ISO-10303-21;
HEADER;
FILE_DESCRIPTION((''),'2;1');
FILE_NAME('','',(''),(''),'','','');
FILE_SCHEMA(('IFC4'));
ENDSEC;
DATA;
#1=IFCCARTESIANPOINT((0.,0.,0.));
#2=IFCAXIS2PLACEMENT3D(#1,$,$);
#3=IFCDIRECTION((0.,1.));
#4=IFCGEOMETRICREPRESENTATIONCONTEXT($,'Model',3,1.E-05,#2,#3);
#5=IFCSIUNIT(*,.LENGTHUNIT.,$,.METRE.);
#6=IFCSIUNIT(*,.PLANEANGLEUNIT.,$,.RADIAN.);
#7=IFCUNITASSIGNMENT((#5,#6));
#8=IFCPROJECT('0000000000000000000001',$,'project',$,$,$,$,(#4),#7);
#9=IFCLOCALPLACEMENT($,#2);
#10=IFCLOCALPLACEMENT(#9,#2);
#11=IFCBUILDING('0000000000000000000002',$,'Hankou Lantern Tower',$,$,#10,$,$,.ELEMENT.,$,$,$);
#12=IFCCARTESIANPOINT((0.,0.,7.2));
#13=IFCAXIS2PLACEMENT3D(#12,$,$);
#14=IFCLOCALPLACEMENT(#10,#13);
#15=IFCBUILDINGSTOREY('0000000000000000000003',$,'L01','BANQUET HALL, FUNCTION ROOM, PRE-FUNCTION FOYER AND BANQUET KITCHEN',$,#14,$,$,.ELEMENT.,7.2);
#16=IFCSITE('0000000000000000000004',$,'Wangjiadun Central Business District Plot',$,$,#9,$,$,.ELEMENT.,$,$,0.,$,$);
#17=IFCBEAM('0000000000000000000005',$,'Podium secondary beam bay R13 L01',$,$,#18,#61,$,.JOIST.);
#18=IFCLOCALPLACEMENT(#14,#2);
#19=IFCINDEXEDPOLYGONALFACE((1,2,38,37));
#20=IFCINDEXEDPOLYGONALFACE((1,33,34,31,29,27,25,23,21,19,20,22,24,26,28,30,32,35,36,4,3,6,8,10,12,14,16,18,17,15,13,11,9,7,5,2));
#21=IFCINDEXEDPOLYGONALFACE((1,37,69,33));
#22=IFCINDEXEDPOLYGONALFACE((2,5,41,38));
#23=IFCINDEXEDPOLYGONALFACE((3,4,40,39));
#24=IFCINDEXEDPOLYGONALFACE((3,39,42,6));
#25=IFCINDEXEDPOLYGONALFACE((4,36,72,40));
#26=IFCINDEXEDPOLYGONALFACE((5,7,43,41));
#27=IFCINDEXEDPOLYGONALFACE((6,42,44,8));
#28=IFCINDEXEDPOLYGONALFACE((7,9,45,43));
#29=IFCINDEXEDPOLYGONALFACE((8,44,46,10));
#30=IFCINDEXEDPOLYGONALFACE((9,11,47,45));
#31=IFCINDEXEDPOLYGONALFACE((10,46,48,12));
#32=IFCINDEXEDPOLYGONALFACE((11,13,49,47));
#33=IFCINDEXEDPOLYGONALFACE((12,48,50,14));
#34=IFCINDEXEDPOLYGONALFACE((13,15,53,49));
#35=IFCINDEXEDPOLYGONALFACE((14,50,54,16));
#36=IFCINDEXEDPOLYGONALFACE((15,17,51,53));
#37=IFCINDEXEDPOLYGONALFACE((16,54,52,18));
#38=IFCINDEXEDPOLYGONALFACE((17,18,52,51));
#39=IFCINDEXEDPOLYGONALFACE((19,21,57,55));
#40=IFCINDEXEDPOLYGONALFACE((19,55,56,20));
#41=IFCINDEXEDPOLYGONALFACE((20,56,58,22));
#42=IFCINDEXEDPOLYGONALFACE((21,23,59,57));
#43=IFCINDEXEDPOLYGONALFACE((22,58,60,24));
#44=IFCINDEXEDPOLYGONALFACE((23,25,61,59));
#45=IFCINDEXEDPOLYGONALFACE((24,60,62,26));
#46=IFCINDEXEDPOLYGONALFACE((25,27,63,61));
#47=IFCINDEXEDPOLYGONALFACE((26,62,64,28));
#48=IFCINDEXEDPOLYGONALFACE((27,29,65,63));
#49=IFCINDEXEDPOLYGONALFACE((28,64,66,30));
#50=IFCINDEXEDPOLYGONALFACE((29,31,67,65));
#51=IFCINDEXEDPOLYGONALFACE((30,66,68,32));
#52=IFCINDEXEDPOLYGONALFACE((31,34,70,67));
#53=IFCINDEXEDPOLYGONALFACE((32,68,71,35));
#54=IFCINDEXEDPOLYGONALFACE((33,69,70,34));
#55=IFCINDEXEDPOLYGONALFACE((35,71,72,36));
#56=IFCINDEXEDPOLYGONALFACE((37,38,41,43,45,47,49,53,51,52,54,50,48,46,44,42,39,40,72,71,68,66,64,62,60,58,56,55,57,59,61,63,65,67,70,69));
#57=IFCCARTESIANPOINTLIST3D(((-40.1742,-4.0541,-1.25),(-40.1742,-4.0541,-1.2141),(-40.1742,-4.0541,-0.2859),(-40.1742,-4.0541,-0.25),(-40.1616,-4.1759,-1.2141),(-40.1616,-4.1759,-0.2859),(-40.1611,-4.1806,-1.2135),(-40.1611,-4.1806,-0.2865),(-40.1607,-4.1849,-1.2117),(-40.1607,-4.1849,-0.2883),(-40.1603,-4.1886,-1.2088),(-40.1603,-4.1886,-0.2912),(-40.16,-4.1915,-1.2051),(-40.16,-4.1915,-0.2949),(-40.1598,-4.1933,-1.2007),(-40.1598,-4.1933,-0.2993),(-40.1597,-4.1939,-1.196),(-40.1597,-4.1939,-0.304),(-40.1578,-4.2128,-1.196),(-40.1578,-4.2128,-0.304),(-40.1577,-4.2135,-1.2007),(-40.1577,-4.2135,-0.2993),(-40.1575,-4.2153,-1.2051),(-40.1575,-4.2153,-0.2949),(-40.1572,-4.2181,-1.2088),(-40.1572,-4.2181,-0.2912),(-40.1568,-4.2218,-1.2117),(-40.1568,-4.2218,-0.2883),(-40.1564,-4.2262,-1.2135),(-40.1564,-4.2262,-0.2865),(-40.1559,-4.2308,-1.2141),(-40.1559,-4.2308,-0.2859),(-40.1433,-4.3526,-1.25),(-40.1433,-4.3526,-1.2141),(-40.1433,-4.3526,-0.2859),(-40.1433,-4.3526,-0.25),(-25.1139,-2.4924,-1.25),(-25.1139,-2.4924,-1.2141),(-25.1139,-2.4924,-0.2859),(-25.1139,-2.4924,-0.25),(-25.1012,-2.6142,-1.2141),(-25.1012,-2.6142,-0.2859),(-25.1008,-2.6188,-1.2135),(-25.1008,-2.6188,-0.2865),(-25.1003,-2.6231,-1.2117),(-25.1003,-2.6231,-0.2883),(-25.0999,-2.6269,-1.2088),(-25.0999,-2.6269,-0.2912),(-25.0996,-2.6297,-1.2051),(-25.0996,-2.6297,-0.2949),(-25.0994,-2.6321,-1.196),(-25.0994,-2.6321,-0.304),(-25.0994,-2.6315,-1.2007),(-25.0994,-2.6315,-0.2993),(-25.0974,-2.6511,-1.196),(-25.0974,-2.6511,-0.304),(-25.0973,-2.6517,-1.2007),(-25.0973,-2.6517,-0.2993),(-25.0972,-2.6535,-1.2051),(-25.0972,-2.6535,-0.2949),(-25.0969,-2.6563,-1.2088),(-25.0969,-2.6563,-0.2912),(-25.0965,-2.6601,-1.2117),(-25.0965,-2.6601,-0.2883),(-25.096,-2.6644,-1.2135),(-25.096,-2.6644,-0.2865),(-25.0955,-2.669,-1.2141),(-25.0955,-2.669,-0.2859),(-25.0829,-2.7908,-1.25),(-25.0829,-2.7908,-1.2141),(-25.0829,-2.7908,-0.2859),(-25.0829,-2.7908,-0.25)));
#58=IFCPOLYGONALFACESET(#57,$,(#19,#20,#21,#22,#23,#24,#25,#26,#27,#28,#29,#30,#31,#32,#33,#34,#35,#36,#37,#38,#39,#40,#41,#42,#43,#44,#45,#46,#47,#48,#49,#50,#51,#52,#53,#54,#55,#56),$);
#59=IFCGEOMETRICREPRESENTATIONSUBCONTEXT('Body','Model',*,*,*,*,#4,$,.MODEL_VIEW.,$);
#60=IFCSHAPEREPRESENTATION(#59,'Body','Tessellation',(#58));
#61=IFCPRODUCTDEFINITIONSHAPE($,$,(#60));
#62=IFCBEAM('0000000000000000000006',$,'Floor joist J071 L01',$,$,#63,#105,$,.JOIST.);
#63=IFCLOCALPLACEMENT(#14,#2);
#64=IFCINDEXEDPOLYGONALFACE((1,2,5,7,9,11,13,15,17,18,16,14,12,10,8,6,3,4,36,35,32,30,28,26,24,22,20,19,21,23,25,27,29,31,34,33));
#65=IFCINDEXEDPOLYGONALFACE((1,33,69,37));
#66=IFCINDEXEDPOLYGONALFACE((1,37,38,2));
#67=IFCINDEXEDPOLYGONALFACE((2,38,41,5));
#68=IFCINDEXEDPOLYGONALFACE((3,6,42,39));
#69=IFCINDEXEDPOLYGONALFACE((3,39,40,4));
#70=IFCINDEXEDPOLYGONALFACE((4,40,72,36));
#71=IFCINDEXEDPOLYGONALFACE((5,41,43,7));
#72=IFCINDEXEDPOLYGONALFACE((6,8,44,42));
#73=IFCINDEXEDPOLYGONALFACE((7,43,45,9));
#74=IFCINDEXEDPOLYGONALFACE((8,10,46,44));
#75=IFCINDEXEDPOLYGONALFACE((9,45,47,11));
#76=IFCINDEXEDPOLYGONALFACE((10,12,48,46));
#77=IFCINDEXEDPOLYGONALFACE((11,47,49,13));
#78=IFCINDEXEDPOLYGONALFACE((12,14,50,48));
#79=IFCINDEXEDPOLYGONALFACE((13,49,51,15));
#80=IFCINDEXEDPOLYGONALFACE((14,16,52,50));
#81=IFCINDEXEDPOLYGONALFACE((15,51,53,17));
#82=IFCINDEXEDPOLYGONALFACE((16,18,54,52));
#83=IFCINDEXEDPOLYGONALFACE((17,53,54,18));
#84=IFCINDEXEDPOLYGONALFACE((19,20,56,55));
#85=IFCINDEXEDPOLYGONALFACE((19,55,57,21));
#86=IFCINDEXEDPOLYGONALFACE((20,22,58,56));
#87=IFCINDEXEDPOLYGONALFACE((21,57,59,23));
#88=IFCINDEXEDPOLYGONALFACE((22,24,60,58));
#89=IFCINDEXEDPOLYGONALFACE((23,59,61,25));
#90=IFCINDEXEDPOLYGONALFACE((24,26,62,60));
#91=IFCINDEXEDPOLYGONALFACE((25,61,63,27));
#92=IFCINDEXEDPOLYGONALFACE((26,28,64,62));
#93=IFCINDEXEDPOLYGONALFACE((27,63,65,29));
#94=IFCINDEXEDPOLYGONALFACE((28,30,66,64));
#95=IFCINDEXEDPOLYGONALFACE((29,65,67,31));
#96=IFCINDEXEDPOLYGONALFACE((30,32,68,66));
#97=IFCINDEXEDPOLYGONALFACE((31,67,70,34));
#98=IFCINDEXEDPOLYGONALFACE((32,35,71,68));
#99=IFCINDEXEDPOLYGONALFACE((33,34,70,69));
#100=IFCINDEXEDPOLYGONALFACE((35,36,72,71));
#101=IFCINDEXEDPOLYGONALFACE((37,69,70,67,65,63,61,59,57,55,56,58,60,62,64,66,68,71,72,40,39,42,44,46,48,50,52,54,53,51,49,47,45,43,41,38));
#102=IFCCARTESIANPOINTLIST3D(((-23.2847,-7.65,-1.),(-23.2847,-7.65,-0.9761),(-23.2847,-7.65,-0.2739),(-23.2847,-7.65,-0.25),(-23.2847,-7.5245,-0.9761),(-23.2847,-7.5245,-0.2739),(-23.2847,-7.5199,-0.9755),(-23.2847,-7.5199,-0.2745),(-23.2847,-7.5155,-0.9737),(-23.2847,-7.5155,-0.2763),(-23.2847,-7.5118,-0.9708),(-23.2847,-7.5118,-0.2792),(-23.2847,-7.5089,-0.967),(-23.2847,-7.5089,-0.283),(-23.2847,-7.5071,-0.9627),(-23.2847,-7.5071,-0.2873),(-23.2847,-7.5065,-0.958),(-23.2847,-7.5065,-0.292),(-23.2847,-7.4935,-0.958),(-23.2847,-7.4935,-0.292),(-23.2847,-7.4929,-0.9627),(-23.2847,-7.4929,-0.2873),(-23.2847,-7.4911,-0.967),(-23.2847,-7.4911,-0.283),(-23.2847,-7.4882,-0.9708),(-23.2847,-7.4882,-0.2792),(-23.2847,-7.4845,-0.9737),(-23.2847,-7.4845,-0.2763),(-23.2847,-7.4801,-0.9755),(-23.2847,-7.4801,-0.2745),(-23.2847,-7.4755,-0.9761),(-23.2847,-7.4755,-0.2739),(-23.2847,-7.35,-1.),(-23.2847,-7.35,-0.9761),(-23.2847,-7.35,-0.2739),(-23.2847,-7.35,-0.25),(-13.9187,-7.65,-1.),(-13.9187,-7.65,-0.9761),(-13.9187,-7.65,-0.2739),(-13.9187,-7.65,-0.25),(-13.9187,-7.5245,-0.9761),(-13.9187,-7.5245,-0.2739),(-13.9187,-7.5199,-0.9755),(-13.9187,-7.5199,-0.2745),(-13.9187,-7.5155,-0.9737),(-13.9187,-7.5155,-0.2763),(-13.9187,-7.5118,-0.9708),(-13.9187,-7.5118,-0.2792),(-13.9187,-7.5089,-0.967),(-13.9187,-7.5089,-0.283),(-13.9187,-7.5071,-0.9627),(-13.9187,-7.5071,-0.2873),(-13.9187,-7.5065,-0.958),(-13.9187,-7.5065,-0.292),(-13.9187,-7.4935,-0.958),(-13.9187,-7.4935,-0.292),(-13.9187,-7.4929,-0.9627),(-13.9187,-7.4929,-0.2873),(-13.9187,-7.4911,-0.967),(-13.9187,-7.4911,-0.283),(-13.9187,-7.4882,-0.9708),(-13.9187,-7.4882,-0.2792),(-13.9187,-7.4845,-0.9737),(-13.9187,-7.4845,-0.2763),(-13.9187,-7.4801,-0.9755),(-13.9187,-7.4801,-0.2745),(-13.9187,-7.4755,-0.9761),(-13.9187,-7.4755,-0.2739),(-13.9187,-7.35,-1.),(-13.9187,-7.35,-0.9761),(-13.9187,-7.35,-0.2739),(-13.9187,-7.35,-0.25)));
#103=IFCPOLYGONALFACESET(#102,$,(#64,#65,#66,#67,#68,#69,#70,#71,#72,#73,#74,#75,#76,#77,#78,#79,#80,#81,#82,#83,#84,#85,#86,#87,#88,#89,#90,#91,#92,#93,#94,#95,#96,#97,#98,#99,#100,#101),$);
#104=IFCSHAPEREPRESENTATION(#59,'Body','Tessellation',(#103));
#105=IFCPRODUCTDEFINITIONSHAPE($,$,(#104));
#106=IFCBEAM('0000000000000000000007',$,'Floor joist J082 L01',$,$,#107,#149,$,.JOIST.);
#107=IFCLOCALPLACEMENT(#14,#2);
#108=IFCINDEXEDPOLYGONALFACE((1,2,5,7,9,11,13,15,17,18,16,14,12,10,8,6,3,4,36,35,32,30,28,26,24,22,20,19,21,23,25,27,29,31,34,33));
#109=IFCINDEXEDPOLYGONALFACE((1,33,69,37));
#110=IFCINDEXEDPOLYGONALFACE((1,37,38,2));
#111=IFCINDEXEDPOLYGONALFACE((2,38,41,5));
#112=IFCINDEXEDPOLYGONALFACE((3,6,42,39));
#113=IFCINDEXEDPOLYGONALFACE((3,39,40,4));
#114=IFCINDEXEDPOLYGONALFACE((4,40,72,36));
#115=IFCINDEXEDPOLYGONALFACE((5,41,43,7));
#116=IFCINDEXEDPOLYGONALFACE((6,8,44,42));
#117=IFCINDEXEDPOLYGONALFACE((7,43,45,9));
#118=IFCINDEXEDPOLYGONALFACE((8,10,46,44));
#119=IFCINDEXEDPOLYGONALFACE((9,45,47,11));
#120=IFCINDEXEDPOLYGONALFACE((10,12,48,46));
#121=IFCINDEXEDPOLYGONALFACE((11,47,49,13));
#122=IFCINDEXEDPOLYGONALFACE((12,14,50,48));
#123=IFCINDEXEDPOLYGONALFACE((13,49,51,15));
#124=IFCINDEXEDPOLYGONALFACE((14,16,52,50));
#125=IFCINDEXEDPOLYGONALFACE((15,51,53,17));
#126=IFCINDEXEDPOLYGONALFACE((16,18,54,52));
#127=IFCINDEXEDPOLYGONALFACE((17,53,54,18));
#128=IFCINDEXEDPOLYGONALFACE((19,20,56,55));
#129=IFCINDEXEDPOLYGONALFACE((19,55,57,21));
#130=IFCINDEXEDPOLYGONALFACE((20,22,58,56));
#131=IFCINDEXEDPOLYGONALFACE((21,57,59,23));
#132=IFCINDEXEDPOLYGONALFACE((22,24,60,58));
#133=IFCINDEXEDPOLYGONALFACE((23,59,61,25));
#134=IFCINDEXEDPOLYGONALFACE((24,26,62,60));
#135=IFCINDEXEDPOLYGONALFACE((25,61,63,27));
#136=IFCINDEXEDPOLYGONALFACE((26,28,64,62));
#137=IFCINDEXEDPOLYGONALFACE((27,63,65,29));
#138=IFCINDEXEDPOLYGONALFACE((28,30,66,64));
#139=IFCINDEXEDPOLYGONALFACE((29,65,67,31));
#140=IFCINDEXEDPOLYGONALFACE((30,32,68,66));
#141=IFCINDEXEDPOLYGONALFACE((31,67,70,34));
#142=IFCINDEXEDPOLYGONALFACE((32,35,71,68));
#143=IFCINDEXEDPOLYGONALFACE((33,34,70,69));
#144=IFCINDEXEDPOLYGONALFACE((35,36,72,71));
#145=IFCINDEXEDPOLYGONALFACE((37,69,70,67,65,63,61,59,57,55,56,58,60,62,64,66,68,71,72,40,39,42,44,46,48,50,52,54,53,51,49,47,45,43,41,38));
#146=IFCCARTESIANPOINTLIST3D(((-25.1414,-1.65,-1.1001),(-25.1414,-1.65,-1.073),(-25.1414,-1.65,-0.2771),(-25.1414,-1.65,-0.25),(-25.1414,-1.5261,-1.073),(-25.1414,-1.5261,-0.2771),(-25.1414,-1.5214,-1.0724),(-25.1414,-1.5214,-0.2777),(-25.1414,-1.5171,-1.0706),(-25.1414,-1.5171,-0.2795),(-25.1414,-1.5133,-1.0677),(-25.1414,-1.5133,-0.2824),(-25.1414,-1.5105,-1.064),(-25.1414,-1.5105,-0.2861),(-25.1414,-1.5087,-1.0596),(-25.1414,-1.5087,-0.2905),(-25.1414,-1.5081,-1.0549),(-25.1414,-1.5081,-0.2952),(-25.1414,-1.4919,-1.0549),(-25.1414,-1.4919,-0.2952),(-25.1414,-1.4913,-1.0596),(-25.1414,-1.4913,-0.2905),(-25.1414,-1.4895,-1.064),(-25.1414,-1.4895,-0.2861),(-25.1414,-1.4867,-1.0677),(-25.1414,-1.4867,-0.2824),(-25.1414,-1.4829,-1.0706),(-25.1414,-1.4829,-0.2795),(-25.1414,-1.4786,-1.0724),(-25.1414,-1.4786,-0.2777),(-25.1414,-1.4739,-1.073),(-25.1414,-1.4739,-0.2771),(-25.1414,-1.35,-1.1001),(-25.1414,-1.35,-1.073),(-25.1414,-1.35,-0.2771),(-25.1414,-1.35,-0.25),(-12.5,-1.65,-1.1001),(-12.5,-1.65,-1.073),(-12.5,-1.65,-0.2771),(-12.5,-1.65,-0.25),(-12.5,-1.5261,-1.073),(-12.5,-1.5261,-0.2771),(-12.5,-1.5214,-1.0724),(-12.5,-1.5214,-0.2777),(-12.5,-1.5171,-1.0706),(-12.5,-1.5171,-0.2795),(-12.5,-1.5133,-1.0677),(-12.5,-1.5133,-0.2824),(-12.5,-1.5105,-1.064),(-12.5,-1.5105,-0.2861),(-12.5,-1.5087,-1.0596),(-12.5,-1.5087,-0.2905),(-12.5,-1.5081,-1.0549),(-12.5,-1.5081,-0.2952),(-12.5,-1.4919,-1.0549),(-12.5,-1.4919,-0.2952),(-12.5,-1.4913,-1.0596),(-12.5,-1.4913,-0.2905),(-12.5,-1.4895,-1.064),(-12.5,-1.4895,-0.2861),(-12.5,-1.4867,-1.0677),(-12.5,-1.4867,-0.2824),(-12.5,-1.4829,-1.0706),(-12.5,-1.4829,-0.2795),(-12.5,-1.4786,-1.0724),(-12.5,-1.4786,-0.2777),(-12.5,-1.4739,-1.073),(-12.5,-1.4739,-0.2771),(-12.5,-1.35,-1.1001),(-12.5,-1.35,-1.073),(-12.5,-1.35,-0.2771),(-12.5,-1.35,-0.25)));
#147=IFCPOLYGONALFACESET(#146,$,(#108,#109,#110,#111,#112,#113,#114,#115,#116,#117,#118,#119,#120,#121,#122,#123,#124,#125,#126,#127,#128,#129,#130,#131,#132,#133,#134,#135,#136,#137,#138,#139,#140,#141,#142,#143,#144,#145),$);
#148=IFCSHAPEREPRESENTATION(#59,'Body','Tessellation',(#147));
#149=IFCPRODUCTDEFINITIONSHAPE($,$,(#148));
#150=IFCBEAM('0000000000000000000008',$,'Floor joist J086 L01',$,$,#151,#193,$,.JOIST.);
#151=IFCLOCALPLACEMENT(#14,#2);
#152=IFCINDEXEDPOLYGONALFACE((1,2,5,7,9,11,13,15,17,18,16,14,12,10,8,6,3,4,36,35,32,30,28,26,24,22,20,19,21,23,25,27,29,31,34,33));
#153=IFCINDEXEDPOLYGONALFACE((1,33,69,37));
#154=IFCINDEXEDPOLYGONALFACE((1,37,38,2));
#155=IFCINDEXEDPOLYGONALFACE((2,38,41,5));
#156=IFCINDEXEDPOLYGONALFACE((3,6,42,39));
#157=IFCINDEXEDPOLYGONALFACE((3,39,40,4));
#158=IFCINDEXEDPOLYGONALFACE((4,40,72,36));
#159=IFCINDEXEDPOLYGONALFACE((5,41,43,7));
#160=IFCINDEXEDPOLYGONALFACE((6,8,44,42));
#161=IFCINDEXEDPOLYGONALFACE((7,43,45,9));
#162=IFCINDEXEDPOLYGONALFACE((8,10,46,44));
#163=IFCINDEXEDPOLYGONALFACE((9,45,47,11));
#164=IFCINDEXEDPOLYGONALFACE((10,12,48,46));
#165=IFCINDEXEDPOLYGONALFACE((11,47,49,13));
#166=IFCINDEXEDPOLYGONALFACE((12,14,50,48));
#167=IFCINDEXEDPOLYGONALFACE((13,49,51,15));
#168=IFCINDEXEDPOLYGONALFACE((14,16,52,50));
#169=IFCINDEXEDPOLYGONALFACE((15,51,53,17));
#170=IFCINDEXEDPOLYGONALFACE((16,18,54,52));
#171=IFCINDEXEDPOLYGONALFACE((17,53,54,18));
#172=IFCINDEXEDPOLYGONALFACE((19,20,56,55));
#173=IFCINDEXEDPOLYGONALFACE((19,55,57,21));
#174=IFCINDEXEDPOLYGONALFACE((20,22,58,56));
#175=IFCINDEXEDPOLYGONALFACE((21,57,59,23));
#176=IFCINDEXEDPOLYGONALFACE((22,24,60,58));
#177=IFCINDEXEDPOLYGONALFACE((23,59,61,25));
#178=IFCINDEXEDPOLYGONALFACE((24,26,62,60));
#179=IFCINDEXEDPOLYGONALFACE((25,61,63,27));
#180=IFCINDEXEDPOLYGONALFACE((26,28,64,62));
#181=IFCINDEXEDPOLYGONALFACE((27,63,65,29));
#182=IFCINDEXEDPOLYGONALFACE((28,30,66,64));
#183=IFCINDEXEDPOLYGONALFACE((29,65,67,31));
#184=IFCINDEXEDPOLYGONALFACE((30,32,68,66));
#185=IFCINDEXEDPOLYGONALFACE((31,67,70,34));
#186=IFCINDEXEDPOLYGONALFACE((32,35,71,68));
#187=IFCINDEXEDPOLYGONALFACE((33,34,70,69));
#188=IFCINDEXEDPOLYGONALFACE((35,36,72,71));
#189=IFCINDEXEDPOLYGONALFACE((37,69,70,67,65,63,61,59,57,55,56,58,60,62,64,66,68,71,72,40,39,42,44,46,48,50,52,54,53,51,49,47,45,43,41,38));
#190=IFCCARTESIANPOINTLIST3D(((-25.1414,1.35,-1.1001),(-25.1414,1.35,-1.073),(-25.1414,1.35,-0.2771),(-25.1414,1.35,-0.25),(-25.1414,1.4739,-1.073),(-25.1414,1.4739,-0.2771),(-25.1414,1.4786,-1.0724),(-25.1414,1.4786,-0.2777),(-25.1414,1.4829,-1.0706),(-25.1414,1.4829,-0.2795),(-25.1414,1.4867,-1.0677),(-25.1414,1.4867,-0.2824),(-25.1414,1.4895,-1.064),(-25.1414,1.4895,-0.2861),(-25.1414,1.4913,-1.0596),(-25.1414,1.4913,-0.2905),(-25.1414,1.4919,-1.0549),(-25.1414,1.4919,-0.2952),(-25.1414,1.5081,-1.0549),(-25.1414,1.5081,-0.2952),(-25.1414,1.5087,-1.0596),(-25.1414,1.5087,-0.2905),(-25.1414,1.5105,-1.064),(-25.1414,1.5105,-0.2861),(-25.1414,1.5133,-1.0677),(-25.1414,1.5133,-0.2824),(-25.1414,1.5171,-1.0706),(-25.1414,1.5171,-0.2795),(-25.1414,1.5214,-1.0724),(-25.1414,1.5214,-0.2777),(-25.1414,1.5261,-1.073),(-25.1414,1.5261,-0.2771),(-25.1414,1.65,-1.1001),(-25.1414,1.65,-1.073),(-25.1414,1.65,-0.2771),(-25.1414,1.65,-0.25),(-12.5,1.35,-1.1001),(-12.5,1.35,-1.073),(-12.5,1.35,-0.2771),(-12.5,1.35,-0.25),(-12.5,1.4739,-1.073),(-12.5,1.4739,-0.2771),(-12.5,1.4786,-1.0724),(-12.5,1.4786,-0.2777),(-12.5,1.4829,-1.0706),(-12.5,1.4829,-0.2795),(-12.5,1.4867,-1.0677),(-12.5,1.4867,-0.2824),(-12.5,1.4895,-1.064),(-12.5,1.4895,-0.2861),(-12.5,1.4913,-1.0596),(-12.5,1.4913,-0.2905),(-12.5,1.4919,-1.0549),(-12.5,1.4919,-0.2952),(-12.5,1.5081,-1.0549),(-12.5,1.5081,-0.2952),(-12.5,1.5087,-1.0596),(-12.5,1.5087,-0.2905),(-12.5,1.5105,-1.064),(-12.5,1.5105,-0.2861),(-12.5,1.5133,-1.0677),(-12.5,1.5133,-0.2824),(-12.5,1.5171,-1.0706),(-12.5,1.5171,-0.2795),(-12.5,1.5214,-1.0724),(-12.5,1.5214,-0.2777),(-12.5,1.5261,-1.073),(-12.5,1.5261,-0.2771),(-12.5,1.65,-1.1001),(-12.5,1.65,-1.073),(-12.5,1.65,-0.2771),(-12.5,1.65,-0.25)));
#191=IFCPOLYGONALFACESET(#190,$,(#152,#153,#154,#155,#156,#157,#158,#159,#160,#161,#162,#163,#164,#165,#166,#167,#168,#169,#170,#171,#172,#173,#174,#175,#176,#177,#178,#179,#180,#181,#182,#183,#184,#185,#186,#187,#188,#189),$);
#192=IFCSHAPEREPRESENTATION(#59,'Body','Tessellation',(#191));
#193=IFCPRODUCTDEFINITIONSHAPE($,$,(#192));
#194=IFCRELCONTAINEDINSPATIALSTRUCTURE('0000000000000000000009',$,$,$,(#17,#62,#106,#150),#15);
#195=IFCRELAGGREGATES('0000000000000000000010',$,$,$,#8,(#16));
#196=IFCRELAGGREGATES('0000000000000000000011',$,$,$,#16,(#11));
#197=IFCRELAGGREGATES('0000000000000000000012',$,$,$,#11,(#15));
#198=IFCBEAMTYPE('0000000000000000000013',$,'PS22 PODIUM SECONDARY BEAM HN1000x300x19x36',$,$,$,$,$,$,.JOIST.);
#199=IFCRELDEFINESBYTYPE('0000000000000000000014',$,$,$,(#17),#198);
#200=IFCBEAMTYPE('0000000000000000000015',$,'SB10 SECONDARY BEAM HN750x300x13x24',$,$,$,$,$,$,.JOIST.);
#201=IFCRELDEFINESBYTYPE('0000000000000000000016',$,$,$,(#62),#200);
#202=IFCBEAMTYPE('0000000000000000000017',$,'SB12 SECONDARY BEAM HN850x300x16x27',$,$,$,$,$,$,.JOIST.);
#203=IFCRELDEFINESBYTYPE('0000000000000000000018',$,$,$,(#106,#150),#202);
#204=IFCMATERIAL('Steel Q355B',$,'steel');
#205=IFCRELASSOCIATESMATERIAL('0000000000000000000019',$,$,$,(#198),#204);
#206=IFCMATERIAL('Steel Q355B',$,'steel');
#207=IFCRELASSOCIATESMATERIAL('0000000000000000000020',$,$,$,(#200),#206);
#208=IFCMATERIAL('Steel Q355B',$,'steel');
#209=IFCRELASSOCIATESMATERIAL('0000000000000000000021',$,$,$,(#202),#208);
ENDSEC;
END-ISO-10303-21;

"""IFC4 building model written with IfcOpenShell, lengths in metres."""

from ifc_helpers import new_model, si_unit, direction, frame, origin, origin_2d, place, context, subcontext, project, spatial, i_section, extrude, material, material_profile, profile_set, type_object, element, save


model = new_model("IFC4")

# Units and contexts
model_context = context("Model", 3, precision=1e-05, world=origin(), true_north=direction((0.0, 1.0)))
body_context = subcontext(model_context, "Body", "Model", "MODEL_VIEW")
ifc_project = project(units=[si_unit("LENGTHUNIT", "METRE"), si_unit("PLANEANGLEUNIT", "RADIAN")], contexts=[model_context])

# Site, building, storey
site_placement = place(None, origin())
site = spatial("IfcSite", under=ifc_project, at=site_placement, Name="Wangjiadun Central Business District Plot", CompositionType="ELEMENT", RefElevation=0.0)
building_placement = place(site_placement, origin())
building = spatial("IfcBuilding", under=site, at=building_placement, Name="Hankou Lantern Tower", CompositionType="ELEMENT")
storey_placement = place(building_placement, frame((0.0, 0.0, 7.2)))
storey = spatial("IfcBuildingStorey", under=building, at=storey_placement, Name="L01", Description="BANQUET HALL, FUNCTION ROOM, PRE-FUNCTION FOYER AND BANQUET KITCHEN", CompositionType="ELEMENT", Elevation=7.2)

# Beams
ifc_material_1 = material(Name="Steel Q355B", Category="steel")
ifc_material_profile_1 = material_profile(ifc_material_1, i_section(OverallWidth=0.3, OverallDepth=1.0, WebThickness=0.019, FlangeThickness=0.0359, FilletRadius=0.0181, at=origin_2d()), Name="HN1000x300x19x36")
ifc_profile_set_1 = profile_set([ifc_material_profile_1], Name="Steel Q355B")
beam_type_1 = type_object("IfcBeamType", Name="PS22 PODIUM SECONDARY BEAM HN1000x300x19x36", PredefinedType="JOIST", material=ifc_profile_set_1)
for number, where, z_axis, x_axis, name in (
    (1, (-25.0984, -2.6416, -0.75), (-0.994666, -0.103148, 0.0), (0.103148, -0.994666, 0.0), "Podium secondary beam bay R13 L01"),
):
    element("IfcBeam", number, at=place(storey_placement, frame(where, z_axis=z_axis, x_axis=x_axis)), inside=storey, type_object=beam_type_1, Name=name, PredefinedType="JOIST", context=body_context, shape_type="SweptSolid", body=[
        extrude(i_section(OverallWidth=0.3, OverallDepth=1.0, WebThickness=0.019, FlangeThickness=0.0359, FilletRadius=0.0181, at=origin_2d()), origin(), (0.0, 0.0, 1.0), 15.1411),
    ])
ifc_material_2 = material(Name="Steel Q355B", Category="steel")
ifc_material_profile_2 = material_profile(ifc_material_2, i_section(OverallWidth=0.3, OverallDepth=0.75, WebThickness=0.0129, FlangeThickness=0.0239, FilletRadius=0.0181, at=origin_2d()), Name="HN750x300x13x24")
ifc_profile_set_2 = profile_set([ifc_material_profile_2], Name="Steel Q355B")
beam_type_2 = type_object("IfcBeamType", Name="SB10 SECONDARY BEAM HN750x300x13x24", PredefinedType="JOIST", material=ifc_profile_set_2)
beam_1_placement = place(storey_placement, frame((-23.2847, -7.5, -0.625), z_axis=(1.0, 0.0, 0.0), x_axis=(0.0, 1.0, 0.0)))
element("IfcBeam", 2, at=beam_1_placement, inside=storey, type_object=beam_type_2, Name="Floor joist J071 L01", PredefinedType="JOIST", context=body_context, shape_type="SweptSolid", body=[
    extrude(i_section(OverallWidth=0.3, OverallDepth=0.75, WebThickness=0.0129, FlangeThickness=0.0239, FilletRadius=0.0181, at=origin_2d()), origin(), (0.0, 0.0, 1.0), 9.366),
])
ifc_material_3 = material(Name="Steel Q355B", Category="steel")
ifc_material_profile_3 = material_profile(ifc_material_3, i_section(OverallWidth=0.3, OverallDepth=0.8501, WebThickness=0.0161, FlangeThickness=0.0271, FilletRadius=0.0181, at=origin_2d()), Name="HN850x300x16x27")
ifc_profile_set_3 = profile_set([ifc_material_profile_3], Name="Steel Q355B")
beam_type_3 = type_object("IfcBeamType", Name="SB12 SECONDARY BEAM HN850x300x16x27", PredefinedType="JOIST", material=ifc_profile_set_3)
for number, where, z_axis, x_axis, name in (
    (3, (-25.1414, -1.5, -0.675), (1.0, 0.0, 0.0), (0.0, 1.0, 0.0), "Floor joist J082 L01"),
    (4, (-25.1414, 1.5, -0.675), (1.0, 0.0, 0.0), (0.0, 1.0, 0.0), "Floor joist J086 L01"),
):
    element("IfcBeam", number, at=place(storey_placement, frame(where, z_axis=z_axis, x_axis=x_axis)), inside=storey, type_object=beam_type_3, Name=name, PredefinedType="JOIST", context=body_context, shape_type="SweptSolid", body=[
        extrude(i_section(OverallWidth=0.3, OverallDepth=0.8501, WebThickness=0.0161, FlangeThickness=0.0271, FilletRadius=0.0181, at=origin_2d()), origin(), (0.0, 0.0, 1.0), 12.6414),
    ])

save(model, "model.ifc")
